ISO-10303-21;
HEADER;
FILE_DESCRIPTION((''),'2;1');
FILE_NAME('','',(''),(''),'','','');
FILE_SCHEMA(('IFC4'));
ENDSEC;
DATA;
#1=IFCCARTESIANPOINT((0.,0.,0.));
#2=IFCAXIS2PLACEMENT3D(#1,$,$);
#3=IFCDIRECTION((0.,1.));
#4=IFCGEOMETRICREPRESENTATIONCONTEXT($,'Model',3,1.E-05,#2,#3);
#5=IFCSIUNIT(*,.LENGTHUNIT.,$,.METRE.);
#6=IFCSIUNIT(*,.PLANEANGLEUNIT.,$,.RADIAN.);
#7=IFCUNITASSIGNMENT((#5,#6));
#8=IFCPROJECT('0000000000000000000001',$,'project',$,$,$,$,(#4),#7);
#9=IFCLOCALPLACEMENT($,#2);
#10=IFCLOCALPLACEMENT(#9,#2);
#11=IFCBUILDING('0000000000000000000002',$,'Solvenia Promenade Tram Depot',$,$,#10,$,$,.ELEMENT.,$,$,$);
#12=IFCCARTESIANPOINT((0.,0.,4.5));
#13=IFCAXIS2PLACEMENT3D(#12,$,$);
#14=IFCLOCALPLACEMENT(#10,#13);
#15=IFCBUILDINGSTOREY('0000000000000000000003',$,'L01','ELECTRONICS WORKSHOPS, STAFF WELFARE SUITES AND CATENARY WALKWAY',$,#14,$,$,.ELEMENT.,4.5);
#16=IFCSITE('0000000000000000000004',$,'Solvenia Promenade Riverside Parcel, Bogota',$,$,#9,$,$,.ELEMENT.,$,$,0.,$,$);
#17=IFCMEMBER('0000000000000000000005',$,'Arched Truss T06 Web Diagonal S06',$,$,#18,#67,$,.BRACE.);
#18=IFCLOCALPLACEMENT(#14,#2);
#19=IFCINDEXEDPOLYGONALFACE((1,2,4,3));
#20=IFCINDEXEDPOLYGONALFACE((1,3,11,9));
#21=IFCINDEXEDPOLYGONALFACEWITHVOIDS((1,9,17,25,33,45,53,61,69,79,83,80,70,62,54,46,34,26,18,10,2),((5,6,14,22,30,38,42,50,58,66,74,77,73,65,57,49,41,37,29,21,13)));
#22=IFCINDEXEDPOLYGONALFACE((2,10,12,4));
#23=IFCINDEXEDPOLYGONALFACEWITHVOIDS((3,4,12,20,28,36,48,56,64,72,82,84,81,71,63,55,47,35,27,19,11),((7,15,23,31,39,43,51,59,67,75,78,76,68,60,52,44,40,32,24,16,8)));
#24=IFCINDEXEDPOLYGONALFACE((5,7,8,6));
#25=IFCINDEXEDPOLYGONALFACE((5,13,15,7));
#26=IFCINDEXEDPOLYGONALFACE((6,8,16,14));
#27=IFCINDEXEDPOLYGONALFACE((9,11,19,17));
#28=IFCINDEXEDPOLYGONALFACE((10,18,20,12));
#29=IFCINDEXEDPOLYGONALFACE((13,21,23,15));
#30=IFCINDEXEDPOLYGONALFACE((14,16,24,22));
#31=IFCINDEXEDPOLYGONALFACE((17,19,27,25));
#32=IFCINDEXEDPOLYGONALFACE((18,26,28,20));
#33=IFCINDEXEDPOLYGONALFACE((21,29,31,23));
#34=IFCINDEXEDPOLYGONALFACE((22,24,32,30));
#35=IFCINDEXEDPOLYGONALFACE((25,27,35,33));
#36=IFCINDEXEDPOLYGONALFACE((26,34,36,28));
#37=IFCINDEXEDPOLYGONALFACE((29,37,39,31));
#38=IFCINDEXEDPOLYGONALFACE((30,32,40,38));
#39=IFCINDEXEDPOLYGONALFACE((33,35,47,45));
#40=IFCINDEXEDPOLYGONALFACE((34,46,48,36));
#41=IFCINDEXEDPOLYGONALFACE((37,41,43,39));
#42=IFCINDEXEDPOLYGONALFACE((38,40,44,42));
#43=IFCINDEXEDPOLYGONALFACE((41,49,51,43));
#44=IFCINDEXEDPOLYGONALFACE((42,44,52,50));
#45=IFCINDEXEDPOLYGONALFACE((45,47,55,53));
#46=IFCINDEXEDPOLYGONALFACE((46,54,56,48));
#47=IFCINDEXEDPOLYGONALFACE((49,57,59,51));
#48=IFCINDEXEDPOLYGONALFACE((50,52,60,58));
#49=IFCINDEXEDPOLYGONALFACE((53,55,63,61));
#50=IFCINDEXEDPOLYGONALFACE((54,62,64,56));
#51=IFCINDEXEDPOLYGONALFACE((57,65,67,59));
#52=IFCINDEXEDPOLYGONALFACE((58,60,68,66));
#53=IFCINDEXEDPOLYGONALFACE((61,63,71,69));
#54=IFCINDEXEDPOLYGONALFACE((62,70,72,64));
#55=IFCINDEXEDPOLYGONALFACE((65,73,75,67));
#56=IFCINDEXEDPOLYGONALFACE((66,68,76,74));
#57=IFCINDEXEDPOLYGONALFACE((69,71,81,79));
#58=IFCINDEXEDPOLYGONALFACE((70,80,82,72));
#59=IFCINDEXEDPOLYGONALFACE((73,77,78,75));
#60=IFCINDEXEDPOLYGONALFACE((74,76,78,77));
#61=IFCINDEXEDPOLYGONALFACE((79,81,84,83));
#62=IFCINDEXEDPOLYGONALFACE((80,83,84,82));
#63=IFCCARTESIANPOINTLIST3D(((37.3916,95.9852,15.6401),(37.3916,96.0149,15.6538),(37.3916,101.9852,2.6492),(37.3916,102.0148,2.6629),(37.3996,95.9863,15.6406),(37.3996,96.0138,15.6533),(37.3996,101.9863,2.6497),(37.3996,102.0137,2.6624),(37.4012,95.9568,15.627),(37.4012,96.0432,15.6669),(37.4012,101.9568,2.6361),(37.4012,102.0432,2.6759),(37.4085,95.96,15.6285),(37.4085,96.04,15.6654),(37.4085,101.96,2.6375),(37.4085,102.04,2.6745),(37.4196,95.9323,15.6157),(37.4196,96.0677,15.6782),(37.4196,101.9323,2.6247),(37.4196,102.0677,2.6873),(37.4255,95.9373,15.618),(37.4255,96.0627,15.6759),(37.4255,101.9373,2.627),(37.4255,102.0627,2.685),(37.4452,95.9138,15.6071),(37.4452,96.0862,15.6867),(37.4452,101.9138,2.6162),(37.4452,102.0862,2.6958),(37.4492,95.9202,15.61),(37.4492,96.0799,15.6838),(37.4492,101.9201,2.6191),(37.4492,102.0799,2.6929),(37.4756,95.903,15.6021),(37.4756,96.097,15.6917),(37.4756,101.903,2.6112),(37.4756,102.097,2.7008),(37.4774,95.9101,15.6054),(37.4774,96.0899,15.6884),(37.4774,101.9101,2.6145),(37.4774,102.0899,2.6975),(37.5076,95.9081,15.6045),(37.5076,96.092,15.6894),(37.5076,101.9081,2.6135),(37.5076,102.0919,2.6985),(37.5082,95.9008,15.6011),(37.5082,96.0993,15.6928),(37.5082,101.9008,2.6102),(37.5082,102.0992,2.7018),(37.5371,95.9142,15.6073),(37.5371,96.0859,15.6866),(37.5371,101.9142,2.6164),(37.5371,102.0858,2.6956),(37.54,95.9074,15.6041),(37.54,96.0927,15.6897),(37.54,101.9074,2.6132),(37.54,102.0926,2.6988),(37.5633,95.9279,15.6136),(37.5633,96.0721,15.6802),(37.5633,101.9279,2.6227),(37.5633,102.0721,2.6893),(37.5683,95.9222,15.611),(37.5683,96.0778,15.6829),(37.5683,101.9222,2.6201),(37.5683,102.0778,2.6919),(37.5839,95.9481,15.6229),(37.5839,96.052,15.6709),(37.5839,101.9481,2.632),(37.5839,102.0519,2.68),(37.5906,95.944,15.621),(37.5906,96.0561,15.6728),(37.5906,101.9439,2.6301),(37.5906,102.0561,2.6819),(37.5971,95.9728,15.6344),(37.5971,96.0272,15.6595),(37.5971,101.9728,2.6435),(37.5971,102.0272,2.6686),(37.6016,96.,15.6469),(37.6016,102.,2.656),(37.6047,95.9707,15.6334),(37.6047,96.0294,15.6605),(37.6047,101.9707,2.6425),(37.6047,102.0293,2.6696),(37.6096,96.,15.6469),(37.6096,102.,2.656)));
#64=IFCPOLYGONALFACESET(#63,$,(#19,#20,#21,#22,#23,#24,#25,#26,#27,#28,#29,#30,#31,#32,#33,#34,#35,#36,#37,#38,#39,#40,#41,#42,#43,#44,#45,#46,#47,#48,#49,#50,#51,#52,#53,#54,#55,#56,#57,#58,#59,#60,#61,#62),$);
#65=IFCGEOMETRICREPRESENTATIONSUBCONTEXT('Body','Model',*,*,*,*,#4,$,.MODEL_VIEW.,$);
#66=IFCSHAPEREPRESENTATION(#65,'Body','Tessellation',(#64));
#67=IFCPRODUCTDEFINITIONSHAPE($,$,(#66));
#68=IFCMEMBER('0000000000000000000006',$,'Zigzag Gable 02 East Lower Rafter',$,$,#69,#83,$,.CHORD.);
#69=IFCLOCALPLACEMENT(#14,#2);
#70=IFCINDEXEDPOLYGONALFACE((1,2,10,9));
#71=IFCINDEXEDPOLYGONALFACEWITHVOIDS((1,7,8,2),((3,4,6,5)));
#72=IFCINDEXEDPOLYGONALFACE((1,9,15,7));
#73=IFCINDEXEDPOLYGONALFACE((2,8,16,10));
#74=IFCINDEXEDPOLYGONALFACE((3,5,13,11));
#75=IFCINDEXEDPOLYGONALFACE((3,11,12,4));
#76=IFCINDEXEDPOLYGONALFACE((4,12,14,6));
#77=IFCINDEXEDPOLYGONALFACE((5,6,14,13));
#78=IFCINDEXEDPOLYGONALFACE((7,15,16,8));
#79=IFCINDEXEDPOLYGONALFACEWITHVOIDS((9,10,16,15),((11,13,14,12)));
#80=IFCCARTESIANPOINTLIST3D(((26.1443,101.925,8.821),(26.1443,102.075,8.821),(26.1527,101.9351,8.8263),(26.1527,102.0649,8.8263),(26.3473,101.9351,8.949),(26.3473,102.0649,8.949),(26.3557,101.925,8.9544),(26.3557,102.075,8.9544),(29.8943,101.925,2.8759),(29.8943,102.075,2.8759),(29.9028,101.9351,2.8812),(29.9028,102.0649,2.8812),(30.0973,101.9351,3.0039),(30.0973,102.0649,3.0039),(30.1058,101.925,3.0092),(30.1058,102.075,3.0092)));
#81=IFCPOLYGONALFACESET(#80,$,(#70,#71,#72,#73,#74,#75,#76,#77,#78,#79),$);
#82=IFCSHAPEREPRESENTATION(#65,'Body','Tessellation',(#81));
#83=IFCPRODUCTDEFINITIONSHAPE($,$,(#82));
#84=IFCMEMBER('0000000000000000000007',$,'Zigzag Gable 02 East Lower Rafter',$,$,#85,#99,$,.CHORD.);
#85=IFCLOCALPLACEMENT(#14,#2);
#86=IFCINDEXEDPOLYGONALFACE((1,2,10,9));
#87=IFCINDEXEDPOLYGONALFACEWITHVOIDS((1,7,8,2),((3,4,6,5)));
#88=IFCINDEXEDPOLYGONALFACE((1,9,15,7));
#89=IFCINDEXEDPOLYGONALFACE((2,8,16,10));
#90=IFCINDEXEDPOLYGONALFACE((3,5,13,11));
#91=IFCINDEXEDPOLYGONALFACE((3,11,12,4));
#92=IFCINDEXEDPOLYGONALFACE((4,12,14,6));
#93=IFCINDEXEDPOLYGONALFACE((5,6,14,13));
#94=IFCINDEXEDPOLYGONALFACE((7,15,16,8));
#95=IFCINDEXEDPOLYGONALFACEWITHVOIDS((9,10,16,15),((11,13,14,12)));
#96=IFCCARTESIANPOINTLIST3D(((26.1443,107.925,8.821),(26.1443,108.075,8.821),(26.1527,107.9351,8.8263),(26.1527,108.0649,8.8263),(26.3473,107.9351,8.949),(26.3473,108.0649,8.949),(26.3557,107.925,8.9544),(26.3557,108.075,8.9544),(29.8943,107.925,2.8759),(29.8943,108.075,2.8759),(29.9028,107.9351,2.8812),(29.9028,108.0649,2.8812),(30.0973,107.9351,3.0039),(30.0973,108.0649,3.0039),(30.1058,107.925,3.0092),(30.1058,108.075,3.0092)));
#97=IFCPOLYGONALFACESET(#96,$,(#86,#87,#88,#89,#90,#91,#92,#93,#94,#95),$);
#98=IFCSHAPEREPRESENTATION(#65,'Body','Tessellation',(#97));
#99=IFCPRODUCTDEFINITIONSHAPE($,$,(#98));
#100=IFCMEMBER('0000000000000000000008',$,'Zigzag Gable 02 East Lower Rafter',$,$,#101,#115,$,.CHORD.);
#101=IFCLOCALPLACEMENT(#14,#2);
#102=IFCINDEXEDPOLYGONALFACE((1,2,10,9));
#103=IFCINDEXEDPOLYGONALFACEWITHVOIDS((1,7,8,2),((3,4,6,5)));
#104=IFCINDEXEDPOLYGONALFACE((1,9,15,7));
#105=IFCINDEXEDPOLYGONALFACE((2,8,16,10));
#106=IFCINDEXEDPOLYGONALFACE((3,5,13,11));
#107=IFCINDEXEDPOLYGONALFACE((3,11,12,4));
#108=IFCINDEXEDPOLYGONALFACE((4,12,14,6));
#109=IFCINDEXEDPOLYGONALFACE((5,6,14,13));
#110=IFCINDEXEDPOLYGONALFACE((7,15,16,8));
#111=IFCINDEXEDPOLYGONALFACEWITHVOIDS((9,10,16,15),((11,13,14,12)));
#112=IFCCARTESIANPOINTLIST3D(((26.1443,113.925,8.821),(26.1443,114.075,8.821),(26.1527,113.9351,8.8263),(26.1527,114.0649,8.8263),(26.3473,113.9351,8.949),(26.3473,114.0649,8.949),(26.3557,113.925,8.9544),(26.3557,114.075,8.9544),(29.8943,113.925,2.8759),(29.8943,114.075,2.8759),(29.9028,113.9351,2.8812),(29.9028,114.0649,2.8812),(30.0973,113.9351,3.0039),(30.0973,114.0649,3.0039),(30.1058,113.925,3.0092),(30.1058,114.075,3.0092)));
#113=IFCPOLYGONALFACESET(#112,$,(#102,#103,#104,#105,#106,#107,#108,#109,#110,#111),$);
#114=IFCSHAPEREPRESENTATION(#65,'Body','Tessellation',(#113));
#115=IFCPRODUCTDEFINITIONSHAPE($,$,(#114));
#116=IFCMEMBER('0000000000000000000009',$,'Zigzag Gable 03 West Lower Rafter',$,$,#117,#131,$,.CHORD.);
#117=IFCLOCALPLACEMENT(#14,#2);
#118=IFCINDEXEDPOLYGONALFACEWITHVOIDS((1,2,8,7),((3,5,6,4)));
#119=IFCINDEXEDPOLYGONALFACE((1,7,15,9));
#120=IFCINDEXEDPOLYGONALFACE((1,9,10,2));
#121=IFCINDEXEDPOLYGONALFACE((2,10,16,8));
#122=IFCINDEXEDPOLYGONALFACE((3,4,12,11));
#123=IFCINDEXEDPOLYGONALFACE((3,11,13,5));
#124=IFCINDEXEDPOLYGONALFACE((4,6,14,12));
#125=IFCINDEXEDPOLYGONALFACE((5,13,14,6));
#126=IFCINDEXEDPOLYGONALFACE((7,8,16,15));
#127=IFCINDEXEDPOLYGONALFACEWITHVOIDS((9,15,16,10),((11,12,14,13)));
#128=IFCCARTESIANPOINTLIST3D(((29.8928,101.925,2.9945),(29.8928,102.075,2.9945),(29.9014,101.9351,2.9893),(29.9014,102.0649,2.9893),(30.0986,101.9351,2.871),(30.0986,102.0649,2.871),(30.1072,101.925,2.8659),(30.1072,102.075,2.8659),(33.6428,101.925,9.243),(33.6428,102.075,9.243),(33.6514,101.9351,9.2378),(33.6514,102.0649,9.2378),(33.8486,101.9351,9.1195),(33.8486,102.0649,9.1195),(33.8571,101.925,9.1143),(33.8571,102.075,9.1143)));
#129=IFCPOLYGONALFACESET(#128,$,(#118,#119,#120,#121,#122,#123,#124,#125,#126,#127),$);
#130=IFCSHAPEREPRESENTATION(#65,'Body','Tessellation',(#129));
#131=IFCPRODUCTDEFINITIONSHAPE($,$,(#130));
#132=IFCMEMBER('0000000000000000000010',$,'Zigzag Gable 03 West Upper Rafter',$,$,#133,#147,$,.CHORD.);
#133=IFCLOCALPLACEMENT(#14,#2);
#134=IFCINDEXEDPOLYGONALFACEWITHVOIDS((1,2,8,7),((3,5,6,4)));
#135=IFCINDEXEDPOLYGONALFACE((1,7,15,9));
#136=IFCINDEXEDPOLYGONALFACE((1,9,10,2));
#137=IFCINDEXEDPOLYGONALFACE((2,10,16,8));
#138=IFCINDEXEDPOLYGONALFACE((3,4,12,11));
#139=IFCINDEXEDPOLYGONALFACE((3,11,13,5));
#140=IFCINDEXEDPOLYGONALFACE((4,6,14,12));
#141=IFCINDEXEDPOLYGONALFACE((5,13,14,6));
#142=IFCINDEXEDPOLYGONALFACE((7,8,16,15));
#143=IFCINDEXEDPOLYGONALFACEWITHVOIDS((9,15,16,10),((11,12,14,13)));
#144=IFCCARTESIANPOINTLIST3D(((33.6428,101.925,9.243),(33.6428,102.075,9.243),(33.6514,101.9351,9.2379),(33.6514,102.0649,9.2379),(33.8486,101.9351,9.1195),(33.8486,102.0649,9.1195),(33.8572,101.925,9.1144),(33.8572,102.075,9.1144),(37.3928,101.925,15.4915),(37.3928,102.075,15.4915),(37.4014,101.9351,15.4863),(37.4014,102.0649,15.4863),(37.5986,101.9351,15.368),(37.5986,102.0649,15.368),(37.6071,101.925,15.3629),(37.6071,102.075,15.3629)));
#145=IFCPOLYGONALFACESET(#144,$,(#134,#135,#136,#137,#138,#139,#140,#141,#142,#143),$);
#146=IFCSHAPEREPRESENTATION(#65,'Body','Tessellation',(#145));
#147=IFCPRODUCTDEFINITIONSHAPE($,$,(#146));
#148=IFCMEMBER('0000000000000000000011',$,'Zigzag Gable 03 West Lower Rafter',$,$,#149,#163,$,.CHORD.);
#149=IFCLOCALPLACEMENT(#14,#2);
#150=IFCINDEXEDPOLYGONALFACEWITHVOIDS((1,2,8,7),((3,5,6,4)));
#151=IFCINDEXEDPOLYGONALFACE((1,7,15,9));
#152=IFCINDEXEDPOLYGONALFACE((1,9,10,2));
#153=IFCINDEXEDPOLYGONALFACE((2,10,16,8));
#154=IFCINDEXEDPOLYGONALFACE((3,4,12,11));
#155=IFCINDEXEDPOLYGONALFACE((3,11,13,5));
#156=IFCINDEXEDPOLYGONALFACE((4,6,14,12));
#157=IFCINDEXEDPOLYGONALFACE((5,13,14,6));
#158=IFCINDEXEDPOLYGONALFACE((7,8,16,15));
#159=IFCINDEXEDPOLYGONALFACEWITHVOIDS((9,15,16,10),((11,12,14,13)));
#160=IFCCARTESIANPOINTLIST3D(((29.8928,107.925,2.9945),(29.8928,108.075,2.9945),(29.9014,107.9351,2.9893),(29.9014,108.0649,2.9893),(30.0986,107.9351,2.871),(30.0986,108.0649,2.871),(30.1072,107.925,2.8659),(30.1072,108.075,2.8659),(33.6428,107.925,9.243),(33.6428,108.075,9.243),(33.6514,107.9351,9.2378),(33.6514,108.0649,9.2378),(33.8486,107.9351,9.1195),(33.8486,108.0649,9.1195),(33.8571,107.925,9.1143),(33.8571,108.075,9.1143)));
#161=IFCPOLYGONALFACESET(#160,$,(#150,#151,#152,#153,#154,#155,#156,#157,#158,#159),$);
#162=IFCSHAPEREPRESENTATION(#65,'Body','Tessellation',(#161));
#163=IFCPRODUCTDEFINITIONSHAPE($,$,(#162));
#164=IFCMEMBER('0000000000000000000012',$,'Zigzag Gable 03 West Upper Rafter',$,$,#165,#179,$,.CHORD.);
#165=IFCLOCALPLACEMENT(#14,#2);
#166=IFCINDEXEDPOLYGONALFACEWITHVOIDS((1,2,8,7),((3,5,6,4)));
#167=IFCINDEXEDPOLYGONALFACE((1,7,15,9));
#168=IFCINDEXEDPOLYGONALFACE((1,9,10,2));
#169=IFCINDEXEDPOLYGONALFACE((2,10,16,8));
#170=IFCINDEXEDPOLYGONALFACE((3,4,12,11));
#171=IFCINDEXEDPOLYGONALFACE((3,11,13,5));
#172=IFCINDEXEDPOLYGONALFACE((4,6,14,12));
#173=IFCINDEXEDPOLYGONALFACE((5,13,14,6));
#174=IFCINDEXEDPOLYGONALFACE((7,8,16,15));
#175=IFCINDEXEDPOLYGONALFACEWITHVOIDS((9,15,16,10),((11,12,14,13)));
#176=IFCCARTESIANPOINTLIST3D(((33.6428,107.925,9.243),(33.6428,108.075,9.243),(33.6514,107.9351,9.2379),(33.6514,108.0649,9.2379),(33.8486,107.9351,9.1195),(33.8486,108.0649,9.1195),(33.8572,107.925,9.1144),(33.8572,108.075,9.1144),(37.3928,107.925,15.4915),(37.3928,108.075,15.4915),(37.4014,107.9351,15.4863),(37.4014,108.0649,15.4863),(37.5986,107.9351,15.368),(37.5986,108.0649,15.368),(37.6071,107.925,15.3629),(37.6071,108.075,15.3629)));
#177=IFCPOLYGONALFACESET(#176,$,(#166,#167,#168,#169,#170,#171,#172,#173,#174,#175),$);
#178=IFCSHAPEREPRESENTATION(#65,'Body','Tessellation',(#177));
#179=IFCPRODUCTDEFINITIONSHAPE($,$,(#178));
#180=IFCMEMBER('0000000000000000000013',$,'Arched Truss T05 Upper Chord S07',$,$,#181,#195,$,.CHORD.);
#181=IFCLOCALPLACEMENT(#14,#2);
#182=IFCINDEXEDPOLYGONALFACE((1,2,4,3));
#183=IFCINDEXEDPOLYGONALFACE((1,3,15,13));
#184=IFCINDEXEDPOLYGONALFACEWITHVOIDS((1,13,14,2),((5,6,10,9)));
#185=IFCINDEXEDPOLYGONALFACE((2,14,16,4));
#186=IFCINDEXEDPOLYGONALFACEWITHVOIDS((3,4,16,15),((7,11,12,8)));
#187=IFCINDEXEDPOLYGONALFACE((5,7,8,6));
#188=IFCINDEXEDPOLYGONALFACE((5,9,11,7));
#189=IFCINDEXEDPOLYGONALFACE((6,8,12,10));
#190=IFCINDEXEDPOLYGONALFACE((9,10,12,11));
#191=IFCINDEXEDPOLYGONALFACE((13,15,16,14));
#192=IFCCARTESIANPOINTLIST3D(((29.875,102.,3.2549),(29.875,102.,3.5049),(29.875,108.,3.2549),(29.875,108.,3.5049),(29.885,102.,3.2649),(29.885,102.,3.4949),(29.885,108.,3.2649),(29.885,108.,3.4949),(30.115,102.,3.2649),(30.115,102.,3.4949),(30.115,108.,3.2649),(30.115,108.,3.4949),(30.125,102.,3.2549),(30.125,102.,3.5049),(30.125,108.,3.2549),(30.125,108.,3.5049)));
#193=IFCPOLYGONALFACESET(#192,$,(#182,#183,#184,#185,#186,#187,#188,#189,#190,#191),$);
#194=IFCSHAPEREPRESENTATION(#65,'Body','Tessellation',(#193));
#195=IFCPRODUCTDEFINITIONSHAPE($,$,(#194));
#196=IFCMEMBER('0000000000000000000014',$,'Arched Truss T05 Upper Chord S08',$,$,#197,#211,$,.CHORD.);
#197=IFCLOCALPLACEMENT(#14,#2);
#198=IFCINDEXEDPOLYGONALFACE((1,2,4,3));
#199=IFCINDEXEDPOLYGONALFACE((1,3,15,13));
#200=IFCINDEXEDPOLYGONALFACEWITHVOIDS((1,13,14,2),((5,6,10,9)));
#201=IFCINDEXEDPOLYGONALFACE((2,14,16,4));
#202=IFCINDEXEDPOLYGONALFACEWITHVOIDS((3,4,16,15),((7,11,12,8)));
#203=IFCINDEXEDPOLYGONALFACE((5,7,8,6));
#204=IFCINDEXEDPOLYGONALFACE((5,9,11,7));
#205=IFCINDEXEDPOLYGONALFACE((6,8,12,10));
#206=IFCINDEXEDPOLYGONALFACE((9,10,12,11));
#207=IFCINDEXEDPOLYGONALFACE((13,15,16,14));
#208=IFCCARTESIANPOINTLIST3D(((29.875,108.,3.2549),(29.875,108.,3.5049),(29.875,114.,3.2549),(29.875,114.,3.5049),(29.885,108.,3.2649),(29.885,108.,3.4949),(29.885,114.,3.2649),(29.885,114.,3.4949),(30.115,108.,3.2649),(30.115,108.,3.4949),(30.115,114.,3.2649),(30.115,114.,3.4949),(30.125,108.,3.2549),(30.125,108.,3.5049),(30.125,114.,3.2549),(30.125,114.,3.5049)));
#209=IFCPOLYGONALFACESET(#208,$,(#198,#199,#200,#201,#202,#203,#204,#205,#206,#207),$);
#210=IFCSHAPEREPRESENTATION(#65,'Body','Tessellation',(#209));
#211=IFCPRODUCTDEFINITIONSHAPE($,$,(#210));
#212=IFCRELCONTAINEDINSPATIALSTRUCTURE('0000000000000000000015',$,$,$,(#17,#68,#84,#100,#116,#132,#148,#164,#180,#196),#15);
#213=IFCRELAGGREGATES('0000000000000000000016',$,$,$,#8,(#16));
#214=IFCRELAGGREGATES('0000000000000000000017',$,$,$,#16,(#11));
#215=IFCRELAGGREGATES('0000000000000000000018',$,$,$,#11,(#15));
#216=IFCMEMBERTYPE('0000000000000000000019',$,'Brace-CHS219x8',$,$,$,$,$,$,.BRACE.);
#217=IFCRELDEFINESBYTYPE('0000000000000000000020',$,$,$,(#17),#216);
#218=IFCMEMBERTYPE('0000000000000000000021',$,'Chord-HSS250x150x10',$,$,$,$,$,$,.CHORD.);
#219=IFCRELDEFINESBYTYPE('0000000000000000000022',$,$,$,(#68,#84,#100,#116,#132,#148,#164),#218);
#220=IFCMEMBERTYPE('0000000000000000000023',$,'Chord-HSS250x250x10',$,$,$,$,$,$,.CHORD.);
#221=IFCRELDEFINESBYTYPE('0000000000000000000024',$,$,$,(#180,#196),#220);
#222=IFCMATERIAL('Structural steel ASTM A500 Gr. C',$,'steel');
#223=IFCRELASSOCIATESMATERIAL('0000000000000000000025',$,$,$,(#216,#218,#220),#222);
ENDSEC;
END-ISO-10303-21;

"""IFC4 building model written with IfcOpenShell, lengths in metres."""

from ifc_helpers import new_model, si_unit, direction, frame, origin, origin_2d, place, context, subcontext, project, spatial, hollow_rectangle, hollow_circle, extrude, material, material_profile, profile_set, type_object, element, save


model = new_model("IFC4")

# Units and contexts
model_context = context("Model", 3, precision=1e-05, world=origin(), true_north=direction((0.0, 1.0)))
body_context = subcontext(model_context, "Body", "Model", "MODEL_VIEW")
ifc_project = project(units=[si_unit("LENGTHUNIT", "METRE"), si_unit("PLANEANGLEUNIT", "RADIAN")], contexts=[model_context])

# Site, building, storey
site_placement = place(None, origin())
site = spatial("IfcSite", under=ifc_project, at=site_placement, Name="Solvenia Promenade Riverside Parcel, Bogota", CompositionType="ELEMENT", RefElevation=0.0)
building_placement = place(site_placement, origin())
building = spatial("IfcBuilding", under=site, at=building_placement, Name="Solvenia Promenade Tram Depot", CompositionType="ELEMENT")
storey_placement = place(building_placement, frame((0.0, 0.0, 4.5)))
storey = spatial("IfcBuildingStorey", under=building, at=storey_placement, Name="L01", Description="ELECTRONICS WORKSHOPS, STAFF WELFARE SUITES AND CATENARY WALKWAY", CompositionType="ELEMENT", Elevation=4.5)

# Members
ifc_material_1 = material(Name="Structural steel ASTM A500 Gr. C", Category="steel")
ifc_material_profile_1 = material_profile(ifc_material_1, hollow_circle(Radius=0.1096, WallThickness=0.0081, at=origin_2d()), Name="CHS219.1x8", Category="steel")
ifc_profile_set_1 = profile_set([ifc_material_profile_1], Name="Structural steel ASTM A500 Gr. C")
member_type_1 = type_object("IfcMemberType", Name="Brace-CHS219x8", PredefinedType="BRACE", material=ifc_profile_set_1)
member_1_placement = place(storey_placement, frame((37.5, 102.0, 2.656), z_axis=(0.0, -0.419298, 0.907848), x_axis=(1.0, 0.0, 0.0)))
element("IfcMember", 1, at=member_1_placement, inside=storey, type_object=member_type_1, Name="Arched Truss T06 Web Diagonal S06", PredefinedType="BRACE", context=body_context, shape_type="SweptSolid", body=[
    extrude(hollow_circle(Radius=0.1096, WallThickness=0.0081, at=origin_2d()), origin(), (0.0, 0.0, 1.0), 14.3096),
])
ifc_material_profile_2 = material_profile(ifc_material_1, hollow_rectangle(XDim=0.1499, YDim=0.25, WallThickness=0.01, at=origin_2d()), Name="HSS250x150x10", Category="steel")
ifc_profile_set_2 = profile_set([ifc_material_profile_2], Name="Structural steel ASTM A500 Gr. C")
member_type_2 = type_object("IfcMemberType", Name="Chord-HSS250x150x10", PredefinedType="CHORD", material=ifc_profile_set_2)
for number, where, z_axis, x_axis, name in (
    (2, (26.25, 102.0, 8.8877), (0.533507, 0.0, -0.845796), (0.0, 1.0, 0.0), "Zigzag Gable 02 East Lower Rafter"),
    (3, (26.25, 108.0, 8.8877), (0.533507, 0.0, -0.845796), (0.0, 1.0, 0.0), "Zigzag Gable 02 East Lower Rafter"),
    (4, (26.25, 114.0, 8.8877), (0.533507, 0.0, -0.845796), (0.0, 1.0, 0.0), "Zigzag Gable 02 East Lower Rafter"),
):
    element("IfcMember", number, at=place(storey_placement, frame(where, z_axis=z_axis, x_axis=x_axis)), inside=storey, type_object=member_type_2, Name=name, PredefinedType="CHORD", context=body_context, shape_type="SweptSolid", body=[
        extrude(hollow_rectangle(XDim=0.1499, YDim=0.25, WallThickness=0.01, at=origin_2d()), origin(), (0.0, 0.0, 1.0), 7.0291),
    ])
for number, where, z_axis, x_axis, name in (
    (5, (30.0, 102.0, 2.9302), (0.514584, 0.0, 0.85744), (0.0, 1.0, 0.0), "Zigzag Gable 03 West Lower Rafter"),
    (6, (33.75, 102.0, 9.1787), (0.514584, 0.0, 0.85744), (0.0, 1.0, 0.0), "Zigzag Gable 03 West Upper Rafter"),
    (7, (30.0, 108.0, 2.9302), (0.514584, 0.0, 0.85744), (0.0, 1.0, 0.0), "Zigzag Gable 03 West Lower Rafter"),
    (8, (33.75, 108.0, 9.1787), (0.514584, 0.0, 0.85744), (0.0, 1.0, 0.0), "Zigzag Gable 03 West Upper Rafter"),
):
    element("IfcMember", number, at=place(storey_placement, frame(where, z_axis=z_axis, x_axis=x_axis)), inside=storey, type_object=member_type_2, Name=name, PredefinedType="CHORD", context=body_context, shape_type="SweptSolid", body=[
        extrude(hollow_rectangle(XDim=0.1499, YDim=0.25, WallThickness=0.01, at=origin_2d()), origin(), (0.0, 0.0, 1.0), 7.2874),
    ])
ifc_material_profile_3 = material_profile(ifc_material_1, hollow_rectangle(XDim=0.25, YDim=0.25, WallThickness=0.01, at=origin_2d()), Name="HSS250x250x10", Category="steel")
ifc_profile_set_3 = profile_set([ifc_material_profile_3], Name="Structural steel ASTM A500 Gr. C")
member_type_3 = type_object("IfcMemberType", Name="Chord-HSS250x250x10", PredefinedType="CHORD", material=ifc_profile_set_3)
for number, where, z_axis, x_axis, name in (
    (9, (30.0, 102.0, 3.3799), (0.0, 1.0, 0.0), (-1.0, 0.0, 0.0), "Arched Truss T05 Upper Chord S07"),
    (10, (30.0, 108.0, 3.3799), (0.0, 1.0, 0.0), (-1.0, 0.0, 0.0), "Arched Truss T05 Upper Chord S08"),
):
    element("IfcMember", number, at=place(storey_placement, frame(where, z_axis=z_axis, x_axis=x_axis)), inside=storey, type_object=member_type_3, Name=name, PredefinedType="CHORD", context=body_context, shape_type="SweptSolid", body=[
        extrude(hollow_rectangle(XDim=0.25, YDim=0.25, WallThickness=0.01, at=origin_2d()), origin(), (0.0, 0.0, 1.0), 6.0),
    ])

save(model, "model.ifc")
